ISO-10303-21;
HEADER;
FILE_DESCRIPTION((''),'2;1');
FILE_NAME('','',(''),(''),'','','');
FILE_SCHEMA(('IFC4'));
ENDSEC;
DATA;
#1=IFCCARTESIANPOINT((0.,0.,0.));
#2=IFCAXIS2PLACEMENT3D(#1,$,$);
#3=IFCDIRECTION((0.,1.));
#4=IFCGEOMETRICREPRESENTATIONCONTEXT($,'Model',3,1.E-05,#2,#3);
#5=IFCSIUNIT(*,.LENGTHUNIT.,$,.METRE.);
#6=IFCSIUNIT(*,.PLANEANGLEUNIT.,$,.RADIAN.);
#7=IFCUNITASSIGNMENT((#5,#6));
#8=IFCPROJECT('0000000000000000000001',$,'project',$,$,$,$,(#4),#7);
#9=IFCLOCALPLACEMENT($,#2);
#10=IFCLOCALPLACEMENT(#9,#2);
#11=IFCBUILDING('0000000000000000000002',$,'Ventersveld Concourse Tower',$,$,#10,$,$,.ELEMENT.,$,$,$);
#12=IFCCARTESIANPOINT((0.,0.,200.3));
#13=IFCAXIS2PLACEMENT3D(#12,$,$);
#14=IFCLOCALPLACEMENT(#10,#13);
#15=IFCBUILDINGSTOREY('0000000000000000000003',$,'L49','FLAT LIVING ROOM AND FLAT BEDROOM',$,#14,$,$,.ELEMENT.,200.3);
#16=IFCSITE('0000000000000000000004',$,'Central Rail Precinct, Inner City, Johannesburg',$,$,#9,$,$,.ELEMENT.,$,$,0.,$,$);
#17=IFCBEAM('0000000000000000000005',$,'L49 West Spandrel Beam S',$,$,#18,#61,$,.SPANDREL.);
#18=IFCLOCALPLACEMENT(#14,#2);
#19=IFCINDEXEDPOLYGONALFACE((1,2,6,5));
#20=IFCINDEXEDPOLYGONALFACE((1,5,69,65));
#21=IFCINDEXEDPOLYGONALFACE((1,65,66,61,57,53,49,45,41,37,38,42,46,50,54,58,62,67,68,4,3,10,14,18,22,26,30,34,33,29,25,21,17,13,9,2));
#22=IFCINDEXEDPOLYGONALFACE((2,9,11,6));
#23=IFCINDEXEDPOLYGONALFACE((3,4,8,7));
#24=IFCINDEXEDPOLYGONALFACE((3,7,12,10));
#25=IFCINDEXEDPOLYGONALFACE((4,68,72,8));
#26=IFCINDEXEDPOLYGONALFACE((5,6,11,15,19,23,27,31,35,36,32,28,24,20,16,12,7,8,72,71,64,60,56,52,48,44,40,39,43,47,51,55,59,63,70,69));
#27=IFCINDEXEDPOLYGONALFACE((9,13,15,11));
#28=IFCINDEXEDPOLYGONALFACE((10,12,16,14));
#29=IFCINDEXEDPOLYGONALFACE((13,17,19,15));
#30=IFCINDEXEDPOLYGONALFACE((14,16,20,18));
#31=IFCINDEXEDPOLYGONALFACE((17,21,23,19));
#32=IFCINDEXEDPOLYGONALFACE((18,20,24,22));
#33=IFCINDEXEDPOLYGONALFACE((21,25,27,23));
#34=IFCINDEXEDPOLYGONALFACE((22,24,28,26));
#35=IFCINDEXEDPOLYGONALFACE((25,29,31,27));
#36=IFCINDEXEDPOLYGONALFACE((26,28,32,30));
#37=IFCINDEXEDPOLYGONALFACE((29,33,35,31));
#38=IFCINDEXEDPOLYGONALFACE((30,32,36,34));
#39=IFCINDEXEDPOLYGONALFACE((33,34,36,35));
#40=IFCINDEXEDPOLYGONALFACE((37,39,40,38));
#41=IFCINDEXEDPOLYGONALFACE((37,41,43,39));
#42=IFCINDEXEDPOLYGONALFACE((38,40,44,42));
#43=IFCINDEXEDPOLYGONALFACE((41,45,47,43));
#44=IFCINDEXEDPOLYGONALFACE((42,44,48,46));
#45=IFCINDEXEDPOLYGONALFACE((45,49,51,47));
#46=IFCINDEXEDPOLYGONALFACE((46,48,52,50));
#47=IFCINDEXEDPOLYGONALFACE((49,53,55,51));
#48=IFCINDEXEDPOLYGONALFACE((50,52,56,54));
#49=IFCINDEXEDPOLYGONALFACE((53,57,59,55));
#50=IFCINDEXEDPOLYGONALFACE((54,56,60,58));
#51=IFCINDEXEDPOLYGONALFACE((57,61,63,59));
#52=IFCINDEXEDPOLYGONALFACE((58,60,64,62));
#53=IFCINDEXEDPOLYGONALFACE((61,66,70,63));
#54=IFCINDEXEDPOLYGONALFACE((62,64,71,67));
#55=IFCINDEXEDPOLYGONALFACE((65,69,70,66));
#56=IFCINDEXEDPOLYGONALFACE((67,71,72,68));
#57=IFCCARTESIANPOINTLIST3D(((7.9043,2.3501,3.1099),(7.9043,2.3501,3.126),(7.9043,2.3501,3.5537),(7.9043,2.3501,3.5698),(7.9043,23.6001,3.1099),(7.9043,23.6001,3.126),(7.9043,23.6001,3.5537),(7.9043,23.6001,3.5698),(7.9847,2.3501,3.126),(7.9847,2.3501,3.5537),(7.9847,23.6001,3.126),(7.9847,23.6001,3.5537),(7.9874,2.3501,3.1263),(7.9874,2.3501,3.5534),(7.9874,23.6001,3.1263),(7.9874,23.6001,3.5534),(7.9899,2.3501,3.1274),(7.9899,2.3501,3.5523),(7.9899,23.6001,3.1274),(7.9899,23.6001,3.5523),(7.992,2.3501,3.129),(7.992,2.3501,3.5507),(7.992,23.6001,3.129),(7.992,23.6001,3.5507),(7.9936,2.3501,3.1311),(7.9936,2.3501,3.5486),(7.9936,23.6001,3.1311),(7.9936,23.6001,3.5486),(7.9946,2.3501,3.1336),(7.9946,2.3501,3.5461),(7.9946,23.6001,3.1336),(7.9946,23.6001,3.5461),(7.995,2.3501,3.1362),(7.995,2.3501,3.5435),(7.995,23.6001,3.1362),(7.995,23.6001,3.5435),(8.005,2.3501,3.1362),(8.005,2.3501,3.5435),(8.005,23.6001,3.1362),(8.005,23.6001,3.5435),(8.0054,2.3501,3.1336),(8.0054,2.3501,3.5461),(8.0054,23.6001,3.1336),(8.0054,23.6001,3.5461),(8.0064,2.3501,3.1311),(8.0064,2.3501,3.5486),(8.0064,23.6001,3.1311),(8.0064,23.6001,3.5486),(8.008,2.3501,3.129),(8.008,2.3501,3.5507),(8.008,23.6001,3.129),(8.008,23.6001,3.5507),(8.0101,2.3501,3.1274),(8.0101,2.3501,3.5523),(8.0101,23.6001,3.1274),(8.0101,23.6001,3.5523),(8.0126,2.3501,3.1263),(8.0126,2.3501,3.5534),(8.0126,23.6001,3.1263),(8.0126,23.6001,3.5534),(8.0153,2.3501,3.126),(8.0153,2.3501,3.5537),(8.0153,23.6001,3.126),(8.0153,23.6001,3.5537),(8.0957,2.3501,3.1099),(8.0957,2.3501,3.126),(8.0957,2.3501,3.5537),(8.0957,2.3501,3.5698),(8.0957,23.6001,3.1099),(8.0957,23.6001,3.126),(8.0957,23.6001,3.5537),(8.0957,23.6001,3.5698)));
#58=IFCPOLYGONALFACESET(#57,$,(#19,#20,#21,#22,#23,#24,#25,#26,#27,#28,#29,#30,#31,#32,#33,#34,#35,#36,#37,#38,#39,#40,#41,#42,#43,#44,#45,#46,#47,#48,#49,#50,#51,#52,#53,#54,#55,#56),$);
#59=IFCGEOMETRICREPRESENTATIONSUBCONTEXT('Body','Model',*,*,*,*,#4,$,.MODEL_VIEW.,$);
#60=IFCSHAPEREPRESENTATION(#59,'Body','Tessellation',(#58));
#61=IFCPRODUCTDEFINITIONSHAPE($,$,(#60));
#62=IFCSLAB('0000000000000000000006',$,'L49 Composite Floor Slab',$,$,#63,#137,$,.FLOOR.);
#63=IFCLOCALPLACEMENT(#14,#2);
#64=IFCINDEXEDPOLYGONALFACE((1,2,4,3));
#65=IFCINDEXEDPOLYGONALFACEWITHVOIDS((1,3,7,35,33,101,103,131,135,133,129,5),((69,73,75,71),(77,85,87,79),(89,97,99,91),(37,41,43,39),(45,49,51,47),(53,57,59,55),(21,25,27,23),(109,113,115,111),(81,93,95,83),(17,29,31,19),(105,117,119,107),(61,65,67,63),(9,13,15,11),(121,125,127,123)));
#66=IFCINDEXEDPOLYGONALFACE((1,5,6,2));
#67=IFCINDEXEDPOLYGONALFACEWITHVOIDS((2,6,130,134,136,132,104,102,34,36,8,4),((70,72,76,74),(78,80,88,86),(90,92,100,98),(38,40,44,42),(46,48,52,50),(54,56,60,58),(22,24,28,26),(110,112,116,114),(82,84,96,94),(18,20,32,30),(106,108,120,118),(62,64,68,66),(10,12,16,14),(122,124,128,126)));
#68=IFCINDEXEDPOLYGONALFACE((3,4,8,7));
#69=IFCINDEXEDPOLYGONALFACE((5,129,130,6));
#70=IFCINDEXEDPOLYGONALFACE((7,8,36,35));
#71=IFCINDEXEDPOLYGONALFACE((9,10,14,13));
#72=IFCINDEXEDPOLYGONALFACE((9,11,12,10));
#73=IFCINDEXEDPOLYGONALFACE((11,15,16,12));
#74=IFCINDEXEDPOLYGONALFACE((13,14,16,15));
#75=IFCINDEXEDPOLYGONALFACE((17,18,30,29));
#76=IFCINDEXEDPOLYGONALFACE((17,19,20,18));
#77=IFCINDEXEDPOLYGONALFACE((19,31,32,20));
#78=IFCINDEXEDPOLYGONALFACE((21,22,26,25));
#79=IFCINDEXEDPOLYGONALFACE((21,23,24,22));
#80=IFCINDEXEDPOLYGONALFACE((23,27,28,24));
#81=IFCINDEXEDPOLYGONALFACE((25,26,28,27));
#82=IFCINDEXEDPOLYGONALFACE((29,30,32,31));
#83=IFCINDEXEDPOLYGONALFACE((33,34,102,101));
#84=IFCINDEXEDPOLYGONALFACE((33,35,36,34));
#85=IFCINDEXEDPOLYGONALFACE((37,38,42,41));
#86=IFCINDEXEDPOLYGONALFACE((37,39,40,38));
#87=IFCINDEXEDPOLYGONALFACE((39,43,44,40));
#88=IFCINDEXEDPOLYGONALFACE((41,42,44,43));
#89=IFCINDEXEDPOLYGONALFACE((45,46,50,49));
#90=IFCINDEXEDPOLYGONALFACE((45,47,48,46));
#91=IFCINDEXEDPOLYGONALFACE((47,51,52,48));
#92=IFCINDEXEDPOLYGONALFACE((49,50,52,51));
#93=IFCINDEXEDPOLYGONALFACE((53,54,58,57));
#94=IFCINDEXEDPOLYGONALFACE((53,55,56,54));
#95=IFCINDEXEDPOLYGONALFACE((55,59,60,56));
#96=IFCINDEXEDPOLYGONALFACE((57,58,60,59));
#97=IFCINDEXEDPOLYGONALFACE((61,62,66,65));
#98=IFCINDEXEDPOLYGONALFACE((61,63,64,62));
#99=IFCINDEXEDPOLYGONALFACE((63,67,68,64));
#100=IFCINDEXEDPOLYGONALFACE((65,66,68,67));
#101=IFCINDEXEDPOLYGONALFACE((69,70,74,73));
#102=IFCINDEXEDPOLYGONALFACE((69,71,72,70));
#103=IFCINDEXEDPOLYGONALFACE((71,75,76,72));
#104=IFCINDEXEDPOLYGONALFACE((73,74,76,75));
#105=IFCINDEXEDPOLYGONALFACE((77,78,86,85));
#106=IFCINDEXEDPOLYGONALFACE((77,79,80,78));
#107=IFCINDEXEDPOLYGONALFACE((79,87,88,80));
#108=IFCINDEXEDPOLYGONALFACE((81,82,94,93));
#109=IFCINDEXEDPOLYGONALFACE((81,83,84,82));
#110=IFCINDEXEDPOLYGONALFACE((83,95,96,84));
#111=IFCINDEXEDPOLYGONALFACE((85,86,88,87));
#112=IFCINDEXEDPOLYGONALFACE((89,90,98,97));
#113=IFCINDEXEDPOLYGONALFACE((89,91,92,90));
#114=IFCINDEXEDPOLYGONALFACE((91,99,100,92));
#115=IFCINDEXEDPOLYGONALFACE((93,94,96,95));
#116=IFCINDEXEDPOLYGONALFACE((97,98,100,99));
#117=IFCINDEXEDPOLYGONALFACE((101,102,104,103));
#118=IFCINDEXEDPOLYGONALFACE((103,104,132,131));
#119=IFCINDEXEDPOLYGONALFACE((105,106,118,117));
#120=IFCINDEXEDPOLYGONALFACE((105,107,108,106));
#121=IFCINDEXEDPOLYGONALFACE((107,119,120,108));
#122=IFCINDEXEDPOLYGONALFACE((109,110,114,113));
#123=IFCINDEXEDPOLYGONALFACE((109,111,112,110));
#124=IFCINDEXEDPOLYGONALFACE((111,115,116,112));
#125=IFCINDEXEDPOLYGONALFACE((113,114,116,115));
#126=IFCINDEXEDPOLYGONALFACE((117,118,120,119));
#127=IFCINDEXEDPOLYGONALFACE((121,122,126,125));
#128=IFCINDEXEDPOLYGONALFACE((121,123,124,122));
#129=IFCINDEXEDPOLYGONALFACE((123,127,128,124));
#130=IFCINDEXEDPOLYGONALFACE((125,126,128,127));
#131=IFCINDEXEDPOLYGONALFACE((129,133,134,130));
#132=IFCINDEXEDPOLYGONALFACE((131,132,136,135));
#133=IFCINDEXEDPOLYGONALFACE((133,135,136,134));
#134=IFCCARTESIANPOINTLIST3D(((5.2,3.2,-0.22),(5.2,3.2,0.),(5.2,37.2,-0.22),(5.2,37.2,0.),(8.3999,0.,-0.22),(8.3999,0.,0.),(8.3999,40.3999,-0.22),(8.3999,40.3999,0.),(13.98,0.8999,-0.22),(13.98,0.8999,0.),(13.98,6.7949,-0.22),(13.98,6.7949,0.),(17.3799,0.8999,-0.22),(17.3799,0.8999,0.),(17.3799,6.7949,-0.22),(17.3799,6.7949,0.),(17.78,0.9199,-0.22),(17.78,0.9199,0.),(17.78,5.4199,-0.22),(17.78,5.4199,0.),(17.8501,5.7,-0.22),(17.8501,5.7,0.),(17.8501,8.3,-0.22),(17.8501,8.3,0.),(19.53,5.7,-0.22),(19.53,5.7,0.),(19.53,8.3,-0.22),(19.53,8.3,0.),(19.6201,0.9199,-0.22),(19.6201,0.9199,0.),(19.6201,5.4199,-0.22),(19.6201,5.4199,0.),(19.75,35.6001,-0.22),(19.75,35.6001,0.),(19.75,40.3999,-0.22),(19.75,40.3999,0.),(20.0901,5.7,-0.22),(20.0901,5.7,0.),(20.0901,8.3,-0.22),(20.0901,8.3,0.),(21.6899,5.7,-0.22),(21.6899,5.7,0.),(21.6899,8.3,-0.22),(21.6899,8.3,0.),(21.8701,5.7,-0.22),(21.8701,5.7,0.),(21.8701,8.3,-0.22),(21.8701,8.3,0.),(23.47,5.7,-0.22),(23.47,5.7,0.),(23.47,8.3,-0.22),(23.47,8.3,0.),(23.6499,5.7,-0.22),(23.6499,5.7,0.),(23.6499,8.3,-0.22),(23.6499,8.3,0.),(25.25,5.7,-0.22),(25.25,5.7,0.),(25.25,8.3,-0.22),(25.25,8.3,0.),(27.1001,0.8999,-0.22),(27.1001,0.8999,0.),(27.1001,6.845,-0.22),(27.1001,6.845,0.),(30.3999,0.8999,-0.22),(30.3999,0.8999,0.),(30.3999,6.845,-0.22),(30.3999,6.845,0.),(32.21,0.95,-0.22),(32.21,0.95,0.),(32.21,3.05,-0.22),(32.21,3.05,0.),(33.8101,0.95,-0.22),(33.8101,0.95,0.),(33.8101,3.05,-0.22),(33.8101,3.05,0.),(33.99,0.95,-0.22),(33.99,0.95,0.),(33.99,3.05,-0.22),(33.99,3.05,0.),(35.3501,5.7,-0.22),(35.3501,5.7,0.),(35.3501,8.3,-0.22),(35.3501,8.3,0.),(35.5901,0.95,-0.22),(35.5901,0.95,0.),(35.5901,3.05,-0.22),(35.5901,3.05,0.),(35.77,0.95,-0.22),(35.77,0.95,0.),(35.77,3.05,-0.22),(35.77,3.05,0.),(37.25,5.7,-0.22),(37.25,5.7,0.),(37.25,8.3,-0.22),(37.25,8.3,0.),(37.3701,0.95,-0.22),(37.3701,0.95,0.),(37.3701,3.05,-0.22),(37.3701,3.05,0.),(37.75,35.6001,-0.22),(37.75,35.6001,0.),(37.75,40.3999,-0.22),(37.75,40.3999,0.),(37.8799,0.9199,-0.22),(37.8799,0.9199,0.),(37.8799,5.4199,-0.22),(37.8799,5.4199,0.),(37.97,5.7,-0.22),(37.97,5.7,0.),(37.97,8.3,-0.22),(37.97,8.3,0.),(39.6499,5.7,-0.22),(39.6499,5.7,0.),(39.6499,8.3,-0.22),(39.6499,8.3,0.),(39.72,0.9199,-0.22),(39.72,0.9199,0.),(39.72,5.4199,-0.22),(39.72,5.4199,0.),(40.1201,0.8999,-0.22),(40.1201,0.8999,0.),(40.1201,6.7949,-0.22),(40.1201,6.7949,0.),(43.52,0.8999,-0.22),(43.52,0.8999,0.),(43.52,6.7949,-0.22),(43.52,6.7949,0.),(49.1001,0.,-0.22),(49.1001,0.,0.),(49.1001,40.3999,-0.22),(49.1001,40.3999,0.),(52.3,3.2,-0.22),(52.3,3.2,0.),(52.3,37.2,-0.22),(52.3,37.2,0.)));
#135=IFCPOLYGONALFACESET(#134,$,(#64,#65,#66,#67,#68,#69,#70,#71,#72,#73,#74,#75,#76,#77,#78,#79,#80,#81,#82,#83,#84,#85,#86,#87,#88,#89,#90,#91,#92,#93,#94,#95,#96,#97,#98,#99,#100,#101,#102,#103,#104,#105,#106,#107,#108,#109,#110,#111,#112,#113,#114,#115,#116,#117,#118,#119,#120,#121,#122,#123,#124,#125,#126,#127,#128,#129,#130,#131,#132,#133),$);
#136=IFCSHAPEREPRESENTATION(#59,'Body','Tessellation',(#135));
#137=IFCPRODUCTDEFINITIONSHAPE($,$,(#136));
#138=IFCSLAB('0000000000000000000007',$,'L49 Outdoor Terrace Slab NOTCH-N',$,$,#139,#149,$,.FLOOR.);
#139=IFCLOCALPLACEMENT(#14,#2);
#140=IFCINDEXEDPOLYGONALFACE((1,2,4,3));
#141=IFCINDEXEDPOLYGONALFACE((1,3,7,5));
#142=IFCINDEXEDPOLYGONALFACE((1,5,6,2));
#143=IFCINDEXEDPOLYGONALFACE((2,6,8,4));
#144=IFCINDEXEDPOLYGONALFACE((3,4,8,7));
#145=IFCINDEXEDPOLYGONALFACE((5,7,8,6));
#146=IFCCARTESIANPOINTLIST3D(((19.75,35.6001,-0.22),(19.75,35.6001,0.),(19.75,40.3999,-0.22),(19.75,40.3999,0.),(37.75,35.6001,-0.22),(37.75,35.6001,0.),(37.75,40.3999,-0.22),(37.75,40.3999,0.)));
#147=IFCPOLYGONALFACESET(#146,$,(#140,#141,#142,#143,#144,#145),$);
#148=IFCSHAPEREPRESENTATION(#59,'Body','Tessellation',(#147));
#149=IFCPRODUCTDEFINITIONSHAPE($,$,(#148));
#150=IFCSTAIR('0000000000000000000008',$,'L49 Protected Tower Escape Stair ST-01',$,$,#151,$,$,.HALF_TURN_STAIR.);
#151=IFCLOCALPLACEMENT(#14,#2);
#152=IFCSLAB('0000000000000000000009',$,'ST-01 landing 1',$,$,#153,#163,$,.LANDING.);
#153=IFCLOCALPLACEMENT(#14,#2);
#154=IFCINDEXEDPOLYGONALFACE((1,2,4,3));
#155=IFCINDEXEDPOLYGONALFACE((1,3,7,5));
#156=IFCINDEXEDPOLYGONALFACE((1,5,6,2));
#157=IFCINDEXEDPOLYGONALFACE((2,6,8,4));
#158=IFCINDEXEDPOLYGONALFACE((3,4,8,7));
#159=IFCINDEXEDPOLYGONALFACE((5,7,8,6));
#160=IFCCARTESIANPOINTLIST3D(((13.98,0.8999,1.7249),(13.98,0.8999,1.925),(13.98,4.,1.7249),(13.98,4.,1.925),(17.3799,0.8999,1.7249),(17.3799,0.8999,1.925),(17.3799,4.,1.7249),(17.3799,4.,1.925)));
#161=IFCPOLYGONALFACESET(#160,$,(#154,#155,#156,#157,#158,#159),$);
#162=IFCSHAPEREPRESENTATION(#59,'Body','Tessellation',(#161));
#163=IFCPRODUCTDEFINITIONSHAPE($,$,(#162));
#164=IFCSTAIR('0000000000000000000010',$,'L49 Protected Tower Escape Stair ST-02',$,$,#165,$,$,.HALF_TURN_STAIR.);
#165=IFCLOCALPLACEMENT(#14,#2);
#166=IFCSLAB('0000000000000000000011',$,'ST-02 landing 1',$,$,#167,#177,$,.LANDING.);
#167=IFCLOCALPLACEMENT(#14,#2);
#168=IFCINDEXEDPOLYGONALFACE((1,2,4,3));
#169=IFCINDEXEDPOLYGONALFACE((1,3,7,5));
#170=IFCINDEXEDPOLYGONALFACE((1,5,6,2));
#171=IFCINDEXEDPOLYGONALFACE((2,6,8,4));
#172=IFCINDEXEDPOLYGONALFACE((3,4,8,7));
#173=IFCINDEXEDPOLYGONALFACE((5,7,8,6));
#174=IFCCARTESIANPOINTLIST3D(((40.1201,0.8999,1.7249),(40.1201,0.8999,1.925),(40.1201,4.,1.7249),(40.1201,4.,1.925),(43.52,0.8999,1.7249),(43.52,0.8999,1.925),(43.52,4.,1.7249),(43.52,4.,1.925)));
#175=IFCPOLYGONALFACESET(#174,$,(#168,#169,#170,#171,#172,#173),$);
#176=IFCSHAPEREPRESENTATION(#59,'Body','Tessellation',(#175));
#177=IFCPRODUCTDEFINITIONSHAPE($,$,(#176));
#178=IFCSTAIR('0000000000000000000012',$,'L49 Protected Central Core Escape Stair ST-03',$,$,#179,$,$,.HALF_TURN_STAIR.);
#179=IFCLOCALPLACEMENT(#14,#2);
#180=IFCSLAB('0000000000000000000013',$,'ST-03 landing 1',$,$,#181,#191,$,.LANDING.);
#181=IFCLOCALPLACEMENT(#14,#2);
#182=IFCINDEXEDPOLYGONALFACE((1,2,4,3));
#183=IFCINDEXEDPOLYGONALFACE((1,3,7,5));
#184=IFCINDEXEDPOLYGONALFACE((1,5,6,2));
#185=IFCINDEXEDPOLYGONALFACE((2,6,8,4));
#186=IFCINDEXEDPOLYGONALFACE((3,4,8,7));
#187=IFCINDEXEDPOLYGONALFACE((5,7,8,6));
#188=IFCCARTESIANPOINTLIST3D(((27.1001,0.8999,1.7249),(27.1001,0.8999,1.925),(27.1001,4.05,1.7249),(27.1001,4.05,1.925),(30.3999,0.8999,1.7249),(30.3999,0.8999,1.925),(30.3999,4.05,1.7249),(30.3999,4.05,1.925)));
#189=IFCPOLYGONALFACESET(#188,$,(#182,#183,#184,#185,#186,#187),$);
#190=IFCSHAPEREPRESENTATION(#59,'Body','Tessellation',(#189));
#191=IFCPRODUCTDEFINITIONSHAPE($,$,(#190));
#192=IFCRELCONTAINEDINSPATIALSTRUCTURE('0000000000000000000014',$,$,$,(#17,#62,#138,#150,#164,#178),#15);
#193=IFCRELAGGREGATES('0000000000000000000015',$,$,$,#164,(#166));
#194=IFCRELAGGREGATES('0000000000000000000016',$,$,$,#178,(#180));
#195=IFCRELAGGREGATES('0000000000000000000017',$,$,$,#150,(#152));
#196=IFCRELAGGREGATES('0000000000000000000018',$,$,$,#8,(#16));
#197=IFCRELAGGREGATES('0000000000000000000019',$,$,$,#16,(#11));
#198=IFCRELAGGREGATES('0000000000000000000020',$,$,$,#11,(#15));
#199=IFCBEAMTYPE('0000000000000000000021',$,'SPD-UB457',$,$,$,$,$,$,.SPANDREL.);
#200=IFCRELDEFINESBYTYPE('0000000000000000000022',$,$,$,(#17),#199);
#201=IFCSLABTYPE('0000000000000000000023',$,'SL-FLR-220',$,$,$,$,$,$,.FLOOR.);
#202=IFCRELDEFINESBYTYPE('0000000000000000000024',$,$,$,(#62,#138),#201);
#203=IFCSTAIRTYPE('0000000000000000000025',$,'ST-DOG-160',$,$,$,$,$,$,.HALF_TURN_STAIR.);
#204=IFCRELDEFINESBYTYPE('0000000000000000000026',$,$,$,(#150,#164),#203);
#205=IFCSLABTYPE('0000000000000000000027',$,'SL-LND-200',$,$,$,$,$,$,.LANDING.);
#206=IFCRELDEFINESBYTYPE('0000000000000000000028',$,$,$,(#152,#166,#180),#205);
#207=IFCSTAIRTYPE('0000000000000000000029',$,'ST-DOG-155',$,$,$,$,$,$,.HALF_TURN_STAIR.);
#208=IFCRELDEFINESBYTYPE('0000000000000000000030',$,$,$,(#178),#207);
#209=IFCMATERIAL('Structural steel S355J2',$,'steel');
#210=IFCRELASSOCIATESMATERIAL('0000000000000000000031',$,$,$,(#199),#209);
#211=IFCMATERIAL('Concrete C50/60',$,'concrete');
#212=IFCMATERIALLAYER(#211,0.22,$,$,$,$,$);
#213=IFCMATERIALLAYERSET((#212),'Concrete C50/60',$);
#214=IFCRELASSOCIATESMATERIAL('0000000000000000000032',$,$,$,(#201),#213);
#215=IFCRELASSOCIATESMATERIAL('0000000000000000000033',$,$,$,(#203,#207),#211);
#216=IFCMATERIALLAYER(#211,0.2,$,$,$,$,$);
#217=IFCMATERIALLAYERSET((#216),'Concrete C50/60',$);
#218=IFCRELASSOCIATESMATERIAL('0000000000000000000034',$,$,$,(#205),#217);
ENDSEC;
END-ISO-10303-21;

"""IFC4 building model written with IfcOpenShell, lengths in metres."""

from ifc_helpers import new_model, si_unit, direction, frame, origin, origin_2d, place, context, subcontext, project, spatial, polyline, i_section, outline, extrude, material, layer, layer_set, material_profile, profile_set, type_object, element, aggregate, save


model = new_model("IFC4")

# Units and contexts
model_context = context("Model", 3, precision=1e-05, world=origin(), true_north=direction((0.0, 1.0)))
body_context = subcontext(model_context, "Body", "Model", "MODEL_VIEW")
ifc_project = project(units=[si_unit("LENGTHUNIT", "METRE"), si_unit("PLANEANGLEUNIT", "RADIAN")], contexts=[model_context])

# Site, building, storey
site_placement = place(None, origin())
site = spatial("IfcSite", under=ifc_project, at=site_placement, Name="Central Rail Precinct, Inner City, Johannesburg", CompositionType="ELEMENT", RefElevation=0.0)
building_placement = place(site_placement, origin())
building = spatial("IfcBuilding", under=site, at=building_placement, Name="Ventersveld Concourse Tower", CompositionType="ELEMENT")
storey_placement = place(building_placement, frame((0.0, 0.0, 200.3)))
storey = spatial("IfcBuildingStorey", under=building, at=storey_placement, Name="L49", Description="FLAT LIVING ROOM AND FLAT BEDROOM", CompositionType="ELEMENT", Elevation=200.3)

# Shared definitions
ifc_material_1 = material(Name="Concrete C50/60", Category="concrete")

# Shared definitions
ifc_material_2 = material(Name="Structural steel S355J2", Category="steel")

# Beam
ifc_material_profile_1 = material_profile(ifc_material_2, i_section(OverallWidth=0.1914, OverallDepth=0.46, WebThickness=0.01, FlangeThickness=0.0161, FilletRadius=0.0103, at=origin_2d()), Name="UB 457x191x82")
ifc_profile_set_1 = profile_set([ifc_material_profile_1], Name="Structural steel S355J2")
beam_type_1 = type_object("IfcBeamType", Name="SPD-UB457", PredefinedType="SPANDREL", material=ifc_profile_set_1)
beam_1_placement = place(storey_placement, frame((8.0, 2.3501, 3.3398), z_axis=(0.0, 1.0, 0.0), x_axis=(-1.0, 0.0, 0.0)))
element("IfcBeam", 1, at=beam_1_placement, inside=storey, type_object=beam_type_1, Name="L49 West Spandrel Beam S", PredefinedType="SPANDREL", context=body_context, shape_type="SweptSolid", body=[
    extrude(i_section(OverallWidth=0.1914, OverallDepth=0.46, WebThickness=0.01, FlangeThickness=0.0161, FilletRadius=0.0103, at=origin_2d()), origin(), (0.0, 0.0, 1.0), 21.25),
])

# Slabs
ifc_layer_1 = layer(ifc_material_1, 0.22)
ifc_layer_set_1 = layer_set([ifc_layer_1], Name="Concrete C50/60")
slab_type_1 = type_object("IfcSlabType", Name="SL-FLR-220", PredefinedType="FLOOR", material=ifc_layer_set_1)
slab_1_placement = place(storey_placement, frame((0.0, 0.0, -0.22)))
element("IfcSlab", 2, at=slab_1_placement, inside=storey, type_object=slab_type_1, Name="L49 Composite Floor Slab", PredefinedType="FLOOR", context=body_context, shape_type="SweptSolid", body=[
    extrude(outline(polyline([(8.3999, 0.0), (49.1001, 0.0), (52.3, 3.2), (52.3, 37.2), (49.1001, 40.3999), (37.75, 40.3999), (37.75, 35.6001), (19.75, 35.6001), (19.75, 40.3999), (8.3999, 40.3999), (5.2, 37.2), (5.2, 3.2), (8.3999, 0.0)]), holes=[polyline([(13.98, 6.7949), (13.98, 0.8999), (17.3799, 0.8999), (17.3799, 6.7949), (13.98, 6.7949)]), polyline([(40.1201, 6.7949), (40.1201, 0.8999), (43.52, 0.8999), (43.52, 6.7949), (40.1201, 6.7949)]), polyline([(27.1001, 6.845), (27.1001, 0.8999), (30.3999, 0.8999), (30.3999, 6.845), (27.1001, 6.845)]), polyline([(17.8501, 5.7), (19.53, 5.7), (19.53, 8.3), (17.8501, 8.3), (17.8501, 5.7)]), polyline([(37.97, 5.7), (39.6499, 5.7), (39.6499, 8.3), (37.97, 8.3), (37.97, 5.7)]), polyline([(35.3501, 5.7), (37.25, 5.7), (37.25, 8.3), (35.3501, 8.3), (35.3501, 5.7)]), polyline([(32.21, 0.95), (33.8101, 0.95), (33.8101, 3.05), (32.21, 3.05), (32.21, 0.95)]), polyline([(33.99, 0.95), (35.5901, 0.95), (35.5901, 3.05), (33.99, 3.05), (33.99, 0.95)]), polyline([(35.77, 0.95), (37.3701, 0.95), (37.3701, 3.05), (35.77, 3.05), (35.77, 0.95)]), polyline([(20.0901, 5.7), (21.6899, 5.7), (21.6899, 8.3), (20.0901, 8.3), (20.0901, 5.7)]), polyline([(21.8701, 5.7), (23.47, 5.7), (23.47, 8.3), (21.8701, 8.3), (21.8701, 5.7)]), polyline([(23.6499, 5.7), (25.25, 5.7), (25.25, 8.3), (23.6499, 8.3), (23.6499, 5.7)]), polyline([(17.78, 0.9199), (19.6201, 0.9199), (19.6201, 5.4199), (17.78, 5.4199), (17.78, 0.9199)]), polyline([(37.8799, 0.9199), (39.72, 0.9199), (39.72, 5.4199), (37.8799, 5.4199), (37.8799, 0.9199)])]), origin(), (0.0, 0.0, 1.0), 0.22),
])
slab_2_placement = place(storey_placement, frame((0.0, 0.0, -0.22)))
element("IfcSlab", 3, at=slab_2_placement, inside=storey, type_object=slab_type_1, Name="L49 Outdoor Terrace Slab NOTCH-N", PredefinedType="FLOOR", context=body_context, shape_type="SweptSolid", body=[
    extrude(outline(polyline([(19.75, 35.6001), (37.75, 35.6001), (37.75, 40.3999), (19.75, 40.3999), (19.75, 35.6001)])), origin(), (0.0, 0.0, 1.0), 0.22),
])

# Stairs, slabs
stair_type_1 = type_object("IfcStairType", Name="ST-DOG-160", PredefinedType="HALF_TURN_STAIR", material=ifc_material_1)
stair_1_placement = place(storey_placement, origin())
stair_1 = element("IfcStair", 4, at=stair_1_placement, inside=storey, type_object=stair_type_1, Name="L49 Protected Tower Escape Stair ST-01", PredefinedType="HALF_TURN_STAIR")
ifc_layer_2 = layer(ifc_material_1, 0.2)
ifc_layer_set_2 = layer_set([ifc_layer_2], Name="Concrete C50/60")
slab_type_2 = type_object("IfcSlabType", Name="SL-LND-200", PredefinedType="LANDING", material=ifc_layer_set_2)
slab_3_placement = place(storey_placement, frame((0.0, 0.0, 1.7249)))
slab_3 = element("IfcSlab", 5, at=slab_3_placement, type_object=slab_type_2, Name="ST-01 landing 1", PredefinedType="LANDING", context=body_context, shape_type="SweptSolid", body=[
    extrude(outline(polyline([(13.98, 4.0), (13.98, 0.8999), (17.3799, 0.8999), (17.3799, 4.0), (13.98, 4.0)])), origin(), (0.0, 0.0, 1.0), 0.2002),
])
stair_2_placement = place(storey_placement, origin())
stair_2 = element("IfcStair", 6, at=stair_2_placement, inside=storey, type_object=stair_type_1, Name="L49 Protected Tower Escape Stair ST-02", PredefinedType="HALF_TURN_STAIR")
slab_4_placement = place(storey_placement, frame((0.0, 0.0, 1.7249)))
slab_4 = element("IfcSlab", 7, at=slab_4_placement, type_object=slab_type_2, Name="ST-02 landing 1", PredefinedType="LANDING", context=body_context, shape_type="SweptSolid", body=[
    extrude(outline(polyline([(40.1201, 4.0), (40.1201, 0.8999), (43.52, 0.8999), (43.52, 4.0), (40.1201, 4.0)])), origin(), (0.0, 0.0, 1.0), 0.2002),
])
aggregate(stair_2, [slab_4])
stair_type_2 = type_object("IfcStairType", Name="ST-DOG-155", PredefinedType="HALF_TURN_STAIR", material=ifc_material_1)
stair_3_placement = place(storey_placement, origin())
stair_3 = element("IfcStair", 8, at=stair_3_placement, inside=storey, type_object=stair_type_2, Name="L49 Protected Central Core Escape Stair ST-03", PredefinedType="HALF_TURN_STAIR")
slab_5_placement = place(storey_placement, frame((0.0, 0.0, 1.7249)))
slab_5 = element("IfcSlab", 9, at=slab_5_placement, type_object=slab_type_2, Name="ST-03 landing 1", PredefinedType="LANDING", context=body_context, shape_type="SweptSolid", body=[
    extrude(outline(polyline([(27.1001, 4.05), (27.1001, 0.8999), (30.3999, 0.8999), (30.3999, 4.05), (27.1001, 4.05)])), origin(), (0.0, 0.0, 1.0), 0.2002),
])
aggregate(stair_3, [slab_5])

aggregate(stair_1, [slab_3])

save(model, "model.ifc")
